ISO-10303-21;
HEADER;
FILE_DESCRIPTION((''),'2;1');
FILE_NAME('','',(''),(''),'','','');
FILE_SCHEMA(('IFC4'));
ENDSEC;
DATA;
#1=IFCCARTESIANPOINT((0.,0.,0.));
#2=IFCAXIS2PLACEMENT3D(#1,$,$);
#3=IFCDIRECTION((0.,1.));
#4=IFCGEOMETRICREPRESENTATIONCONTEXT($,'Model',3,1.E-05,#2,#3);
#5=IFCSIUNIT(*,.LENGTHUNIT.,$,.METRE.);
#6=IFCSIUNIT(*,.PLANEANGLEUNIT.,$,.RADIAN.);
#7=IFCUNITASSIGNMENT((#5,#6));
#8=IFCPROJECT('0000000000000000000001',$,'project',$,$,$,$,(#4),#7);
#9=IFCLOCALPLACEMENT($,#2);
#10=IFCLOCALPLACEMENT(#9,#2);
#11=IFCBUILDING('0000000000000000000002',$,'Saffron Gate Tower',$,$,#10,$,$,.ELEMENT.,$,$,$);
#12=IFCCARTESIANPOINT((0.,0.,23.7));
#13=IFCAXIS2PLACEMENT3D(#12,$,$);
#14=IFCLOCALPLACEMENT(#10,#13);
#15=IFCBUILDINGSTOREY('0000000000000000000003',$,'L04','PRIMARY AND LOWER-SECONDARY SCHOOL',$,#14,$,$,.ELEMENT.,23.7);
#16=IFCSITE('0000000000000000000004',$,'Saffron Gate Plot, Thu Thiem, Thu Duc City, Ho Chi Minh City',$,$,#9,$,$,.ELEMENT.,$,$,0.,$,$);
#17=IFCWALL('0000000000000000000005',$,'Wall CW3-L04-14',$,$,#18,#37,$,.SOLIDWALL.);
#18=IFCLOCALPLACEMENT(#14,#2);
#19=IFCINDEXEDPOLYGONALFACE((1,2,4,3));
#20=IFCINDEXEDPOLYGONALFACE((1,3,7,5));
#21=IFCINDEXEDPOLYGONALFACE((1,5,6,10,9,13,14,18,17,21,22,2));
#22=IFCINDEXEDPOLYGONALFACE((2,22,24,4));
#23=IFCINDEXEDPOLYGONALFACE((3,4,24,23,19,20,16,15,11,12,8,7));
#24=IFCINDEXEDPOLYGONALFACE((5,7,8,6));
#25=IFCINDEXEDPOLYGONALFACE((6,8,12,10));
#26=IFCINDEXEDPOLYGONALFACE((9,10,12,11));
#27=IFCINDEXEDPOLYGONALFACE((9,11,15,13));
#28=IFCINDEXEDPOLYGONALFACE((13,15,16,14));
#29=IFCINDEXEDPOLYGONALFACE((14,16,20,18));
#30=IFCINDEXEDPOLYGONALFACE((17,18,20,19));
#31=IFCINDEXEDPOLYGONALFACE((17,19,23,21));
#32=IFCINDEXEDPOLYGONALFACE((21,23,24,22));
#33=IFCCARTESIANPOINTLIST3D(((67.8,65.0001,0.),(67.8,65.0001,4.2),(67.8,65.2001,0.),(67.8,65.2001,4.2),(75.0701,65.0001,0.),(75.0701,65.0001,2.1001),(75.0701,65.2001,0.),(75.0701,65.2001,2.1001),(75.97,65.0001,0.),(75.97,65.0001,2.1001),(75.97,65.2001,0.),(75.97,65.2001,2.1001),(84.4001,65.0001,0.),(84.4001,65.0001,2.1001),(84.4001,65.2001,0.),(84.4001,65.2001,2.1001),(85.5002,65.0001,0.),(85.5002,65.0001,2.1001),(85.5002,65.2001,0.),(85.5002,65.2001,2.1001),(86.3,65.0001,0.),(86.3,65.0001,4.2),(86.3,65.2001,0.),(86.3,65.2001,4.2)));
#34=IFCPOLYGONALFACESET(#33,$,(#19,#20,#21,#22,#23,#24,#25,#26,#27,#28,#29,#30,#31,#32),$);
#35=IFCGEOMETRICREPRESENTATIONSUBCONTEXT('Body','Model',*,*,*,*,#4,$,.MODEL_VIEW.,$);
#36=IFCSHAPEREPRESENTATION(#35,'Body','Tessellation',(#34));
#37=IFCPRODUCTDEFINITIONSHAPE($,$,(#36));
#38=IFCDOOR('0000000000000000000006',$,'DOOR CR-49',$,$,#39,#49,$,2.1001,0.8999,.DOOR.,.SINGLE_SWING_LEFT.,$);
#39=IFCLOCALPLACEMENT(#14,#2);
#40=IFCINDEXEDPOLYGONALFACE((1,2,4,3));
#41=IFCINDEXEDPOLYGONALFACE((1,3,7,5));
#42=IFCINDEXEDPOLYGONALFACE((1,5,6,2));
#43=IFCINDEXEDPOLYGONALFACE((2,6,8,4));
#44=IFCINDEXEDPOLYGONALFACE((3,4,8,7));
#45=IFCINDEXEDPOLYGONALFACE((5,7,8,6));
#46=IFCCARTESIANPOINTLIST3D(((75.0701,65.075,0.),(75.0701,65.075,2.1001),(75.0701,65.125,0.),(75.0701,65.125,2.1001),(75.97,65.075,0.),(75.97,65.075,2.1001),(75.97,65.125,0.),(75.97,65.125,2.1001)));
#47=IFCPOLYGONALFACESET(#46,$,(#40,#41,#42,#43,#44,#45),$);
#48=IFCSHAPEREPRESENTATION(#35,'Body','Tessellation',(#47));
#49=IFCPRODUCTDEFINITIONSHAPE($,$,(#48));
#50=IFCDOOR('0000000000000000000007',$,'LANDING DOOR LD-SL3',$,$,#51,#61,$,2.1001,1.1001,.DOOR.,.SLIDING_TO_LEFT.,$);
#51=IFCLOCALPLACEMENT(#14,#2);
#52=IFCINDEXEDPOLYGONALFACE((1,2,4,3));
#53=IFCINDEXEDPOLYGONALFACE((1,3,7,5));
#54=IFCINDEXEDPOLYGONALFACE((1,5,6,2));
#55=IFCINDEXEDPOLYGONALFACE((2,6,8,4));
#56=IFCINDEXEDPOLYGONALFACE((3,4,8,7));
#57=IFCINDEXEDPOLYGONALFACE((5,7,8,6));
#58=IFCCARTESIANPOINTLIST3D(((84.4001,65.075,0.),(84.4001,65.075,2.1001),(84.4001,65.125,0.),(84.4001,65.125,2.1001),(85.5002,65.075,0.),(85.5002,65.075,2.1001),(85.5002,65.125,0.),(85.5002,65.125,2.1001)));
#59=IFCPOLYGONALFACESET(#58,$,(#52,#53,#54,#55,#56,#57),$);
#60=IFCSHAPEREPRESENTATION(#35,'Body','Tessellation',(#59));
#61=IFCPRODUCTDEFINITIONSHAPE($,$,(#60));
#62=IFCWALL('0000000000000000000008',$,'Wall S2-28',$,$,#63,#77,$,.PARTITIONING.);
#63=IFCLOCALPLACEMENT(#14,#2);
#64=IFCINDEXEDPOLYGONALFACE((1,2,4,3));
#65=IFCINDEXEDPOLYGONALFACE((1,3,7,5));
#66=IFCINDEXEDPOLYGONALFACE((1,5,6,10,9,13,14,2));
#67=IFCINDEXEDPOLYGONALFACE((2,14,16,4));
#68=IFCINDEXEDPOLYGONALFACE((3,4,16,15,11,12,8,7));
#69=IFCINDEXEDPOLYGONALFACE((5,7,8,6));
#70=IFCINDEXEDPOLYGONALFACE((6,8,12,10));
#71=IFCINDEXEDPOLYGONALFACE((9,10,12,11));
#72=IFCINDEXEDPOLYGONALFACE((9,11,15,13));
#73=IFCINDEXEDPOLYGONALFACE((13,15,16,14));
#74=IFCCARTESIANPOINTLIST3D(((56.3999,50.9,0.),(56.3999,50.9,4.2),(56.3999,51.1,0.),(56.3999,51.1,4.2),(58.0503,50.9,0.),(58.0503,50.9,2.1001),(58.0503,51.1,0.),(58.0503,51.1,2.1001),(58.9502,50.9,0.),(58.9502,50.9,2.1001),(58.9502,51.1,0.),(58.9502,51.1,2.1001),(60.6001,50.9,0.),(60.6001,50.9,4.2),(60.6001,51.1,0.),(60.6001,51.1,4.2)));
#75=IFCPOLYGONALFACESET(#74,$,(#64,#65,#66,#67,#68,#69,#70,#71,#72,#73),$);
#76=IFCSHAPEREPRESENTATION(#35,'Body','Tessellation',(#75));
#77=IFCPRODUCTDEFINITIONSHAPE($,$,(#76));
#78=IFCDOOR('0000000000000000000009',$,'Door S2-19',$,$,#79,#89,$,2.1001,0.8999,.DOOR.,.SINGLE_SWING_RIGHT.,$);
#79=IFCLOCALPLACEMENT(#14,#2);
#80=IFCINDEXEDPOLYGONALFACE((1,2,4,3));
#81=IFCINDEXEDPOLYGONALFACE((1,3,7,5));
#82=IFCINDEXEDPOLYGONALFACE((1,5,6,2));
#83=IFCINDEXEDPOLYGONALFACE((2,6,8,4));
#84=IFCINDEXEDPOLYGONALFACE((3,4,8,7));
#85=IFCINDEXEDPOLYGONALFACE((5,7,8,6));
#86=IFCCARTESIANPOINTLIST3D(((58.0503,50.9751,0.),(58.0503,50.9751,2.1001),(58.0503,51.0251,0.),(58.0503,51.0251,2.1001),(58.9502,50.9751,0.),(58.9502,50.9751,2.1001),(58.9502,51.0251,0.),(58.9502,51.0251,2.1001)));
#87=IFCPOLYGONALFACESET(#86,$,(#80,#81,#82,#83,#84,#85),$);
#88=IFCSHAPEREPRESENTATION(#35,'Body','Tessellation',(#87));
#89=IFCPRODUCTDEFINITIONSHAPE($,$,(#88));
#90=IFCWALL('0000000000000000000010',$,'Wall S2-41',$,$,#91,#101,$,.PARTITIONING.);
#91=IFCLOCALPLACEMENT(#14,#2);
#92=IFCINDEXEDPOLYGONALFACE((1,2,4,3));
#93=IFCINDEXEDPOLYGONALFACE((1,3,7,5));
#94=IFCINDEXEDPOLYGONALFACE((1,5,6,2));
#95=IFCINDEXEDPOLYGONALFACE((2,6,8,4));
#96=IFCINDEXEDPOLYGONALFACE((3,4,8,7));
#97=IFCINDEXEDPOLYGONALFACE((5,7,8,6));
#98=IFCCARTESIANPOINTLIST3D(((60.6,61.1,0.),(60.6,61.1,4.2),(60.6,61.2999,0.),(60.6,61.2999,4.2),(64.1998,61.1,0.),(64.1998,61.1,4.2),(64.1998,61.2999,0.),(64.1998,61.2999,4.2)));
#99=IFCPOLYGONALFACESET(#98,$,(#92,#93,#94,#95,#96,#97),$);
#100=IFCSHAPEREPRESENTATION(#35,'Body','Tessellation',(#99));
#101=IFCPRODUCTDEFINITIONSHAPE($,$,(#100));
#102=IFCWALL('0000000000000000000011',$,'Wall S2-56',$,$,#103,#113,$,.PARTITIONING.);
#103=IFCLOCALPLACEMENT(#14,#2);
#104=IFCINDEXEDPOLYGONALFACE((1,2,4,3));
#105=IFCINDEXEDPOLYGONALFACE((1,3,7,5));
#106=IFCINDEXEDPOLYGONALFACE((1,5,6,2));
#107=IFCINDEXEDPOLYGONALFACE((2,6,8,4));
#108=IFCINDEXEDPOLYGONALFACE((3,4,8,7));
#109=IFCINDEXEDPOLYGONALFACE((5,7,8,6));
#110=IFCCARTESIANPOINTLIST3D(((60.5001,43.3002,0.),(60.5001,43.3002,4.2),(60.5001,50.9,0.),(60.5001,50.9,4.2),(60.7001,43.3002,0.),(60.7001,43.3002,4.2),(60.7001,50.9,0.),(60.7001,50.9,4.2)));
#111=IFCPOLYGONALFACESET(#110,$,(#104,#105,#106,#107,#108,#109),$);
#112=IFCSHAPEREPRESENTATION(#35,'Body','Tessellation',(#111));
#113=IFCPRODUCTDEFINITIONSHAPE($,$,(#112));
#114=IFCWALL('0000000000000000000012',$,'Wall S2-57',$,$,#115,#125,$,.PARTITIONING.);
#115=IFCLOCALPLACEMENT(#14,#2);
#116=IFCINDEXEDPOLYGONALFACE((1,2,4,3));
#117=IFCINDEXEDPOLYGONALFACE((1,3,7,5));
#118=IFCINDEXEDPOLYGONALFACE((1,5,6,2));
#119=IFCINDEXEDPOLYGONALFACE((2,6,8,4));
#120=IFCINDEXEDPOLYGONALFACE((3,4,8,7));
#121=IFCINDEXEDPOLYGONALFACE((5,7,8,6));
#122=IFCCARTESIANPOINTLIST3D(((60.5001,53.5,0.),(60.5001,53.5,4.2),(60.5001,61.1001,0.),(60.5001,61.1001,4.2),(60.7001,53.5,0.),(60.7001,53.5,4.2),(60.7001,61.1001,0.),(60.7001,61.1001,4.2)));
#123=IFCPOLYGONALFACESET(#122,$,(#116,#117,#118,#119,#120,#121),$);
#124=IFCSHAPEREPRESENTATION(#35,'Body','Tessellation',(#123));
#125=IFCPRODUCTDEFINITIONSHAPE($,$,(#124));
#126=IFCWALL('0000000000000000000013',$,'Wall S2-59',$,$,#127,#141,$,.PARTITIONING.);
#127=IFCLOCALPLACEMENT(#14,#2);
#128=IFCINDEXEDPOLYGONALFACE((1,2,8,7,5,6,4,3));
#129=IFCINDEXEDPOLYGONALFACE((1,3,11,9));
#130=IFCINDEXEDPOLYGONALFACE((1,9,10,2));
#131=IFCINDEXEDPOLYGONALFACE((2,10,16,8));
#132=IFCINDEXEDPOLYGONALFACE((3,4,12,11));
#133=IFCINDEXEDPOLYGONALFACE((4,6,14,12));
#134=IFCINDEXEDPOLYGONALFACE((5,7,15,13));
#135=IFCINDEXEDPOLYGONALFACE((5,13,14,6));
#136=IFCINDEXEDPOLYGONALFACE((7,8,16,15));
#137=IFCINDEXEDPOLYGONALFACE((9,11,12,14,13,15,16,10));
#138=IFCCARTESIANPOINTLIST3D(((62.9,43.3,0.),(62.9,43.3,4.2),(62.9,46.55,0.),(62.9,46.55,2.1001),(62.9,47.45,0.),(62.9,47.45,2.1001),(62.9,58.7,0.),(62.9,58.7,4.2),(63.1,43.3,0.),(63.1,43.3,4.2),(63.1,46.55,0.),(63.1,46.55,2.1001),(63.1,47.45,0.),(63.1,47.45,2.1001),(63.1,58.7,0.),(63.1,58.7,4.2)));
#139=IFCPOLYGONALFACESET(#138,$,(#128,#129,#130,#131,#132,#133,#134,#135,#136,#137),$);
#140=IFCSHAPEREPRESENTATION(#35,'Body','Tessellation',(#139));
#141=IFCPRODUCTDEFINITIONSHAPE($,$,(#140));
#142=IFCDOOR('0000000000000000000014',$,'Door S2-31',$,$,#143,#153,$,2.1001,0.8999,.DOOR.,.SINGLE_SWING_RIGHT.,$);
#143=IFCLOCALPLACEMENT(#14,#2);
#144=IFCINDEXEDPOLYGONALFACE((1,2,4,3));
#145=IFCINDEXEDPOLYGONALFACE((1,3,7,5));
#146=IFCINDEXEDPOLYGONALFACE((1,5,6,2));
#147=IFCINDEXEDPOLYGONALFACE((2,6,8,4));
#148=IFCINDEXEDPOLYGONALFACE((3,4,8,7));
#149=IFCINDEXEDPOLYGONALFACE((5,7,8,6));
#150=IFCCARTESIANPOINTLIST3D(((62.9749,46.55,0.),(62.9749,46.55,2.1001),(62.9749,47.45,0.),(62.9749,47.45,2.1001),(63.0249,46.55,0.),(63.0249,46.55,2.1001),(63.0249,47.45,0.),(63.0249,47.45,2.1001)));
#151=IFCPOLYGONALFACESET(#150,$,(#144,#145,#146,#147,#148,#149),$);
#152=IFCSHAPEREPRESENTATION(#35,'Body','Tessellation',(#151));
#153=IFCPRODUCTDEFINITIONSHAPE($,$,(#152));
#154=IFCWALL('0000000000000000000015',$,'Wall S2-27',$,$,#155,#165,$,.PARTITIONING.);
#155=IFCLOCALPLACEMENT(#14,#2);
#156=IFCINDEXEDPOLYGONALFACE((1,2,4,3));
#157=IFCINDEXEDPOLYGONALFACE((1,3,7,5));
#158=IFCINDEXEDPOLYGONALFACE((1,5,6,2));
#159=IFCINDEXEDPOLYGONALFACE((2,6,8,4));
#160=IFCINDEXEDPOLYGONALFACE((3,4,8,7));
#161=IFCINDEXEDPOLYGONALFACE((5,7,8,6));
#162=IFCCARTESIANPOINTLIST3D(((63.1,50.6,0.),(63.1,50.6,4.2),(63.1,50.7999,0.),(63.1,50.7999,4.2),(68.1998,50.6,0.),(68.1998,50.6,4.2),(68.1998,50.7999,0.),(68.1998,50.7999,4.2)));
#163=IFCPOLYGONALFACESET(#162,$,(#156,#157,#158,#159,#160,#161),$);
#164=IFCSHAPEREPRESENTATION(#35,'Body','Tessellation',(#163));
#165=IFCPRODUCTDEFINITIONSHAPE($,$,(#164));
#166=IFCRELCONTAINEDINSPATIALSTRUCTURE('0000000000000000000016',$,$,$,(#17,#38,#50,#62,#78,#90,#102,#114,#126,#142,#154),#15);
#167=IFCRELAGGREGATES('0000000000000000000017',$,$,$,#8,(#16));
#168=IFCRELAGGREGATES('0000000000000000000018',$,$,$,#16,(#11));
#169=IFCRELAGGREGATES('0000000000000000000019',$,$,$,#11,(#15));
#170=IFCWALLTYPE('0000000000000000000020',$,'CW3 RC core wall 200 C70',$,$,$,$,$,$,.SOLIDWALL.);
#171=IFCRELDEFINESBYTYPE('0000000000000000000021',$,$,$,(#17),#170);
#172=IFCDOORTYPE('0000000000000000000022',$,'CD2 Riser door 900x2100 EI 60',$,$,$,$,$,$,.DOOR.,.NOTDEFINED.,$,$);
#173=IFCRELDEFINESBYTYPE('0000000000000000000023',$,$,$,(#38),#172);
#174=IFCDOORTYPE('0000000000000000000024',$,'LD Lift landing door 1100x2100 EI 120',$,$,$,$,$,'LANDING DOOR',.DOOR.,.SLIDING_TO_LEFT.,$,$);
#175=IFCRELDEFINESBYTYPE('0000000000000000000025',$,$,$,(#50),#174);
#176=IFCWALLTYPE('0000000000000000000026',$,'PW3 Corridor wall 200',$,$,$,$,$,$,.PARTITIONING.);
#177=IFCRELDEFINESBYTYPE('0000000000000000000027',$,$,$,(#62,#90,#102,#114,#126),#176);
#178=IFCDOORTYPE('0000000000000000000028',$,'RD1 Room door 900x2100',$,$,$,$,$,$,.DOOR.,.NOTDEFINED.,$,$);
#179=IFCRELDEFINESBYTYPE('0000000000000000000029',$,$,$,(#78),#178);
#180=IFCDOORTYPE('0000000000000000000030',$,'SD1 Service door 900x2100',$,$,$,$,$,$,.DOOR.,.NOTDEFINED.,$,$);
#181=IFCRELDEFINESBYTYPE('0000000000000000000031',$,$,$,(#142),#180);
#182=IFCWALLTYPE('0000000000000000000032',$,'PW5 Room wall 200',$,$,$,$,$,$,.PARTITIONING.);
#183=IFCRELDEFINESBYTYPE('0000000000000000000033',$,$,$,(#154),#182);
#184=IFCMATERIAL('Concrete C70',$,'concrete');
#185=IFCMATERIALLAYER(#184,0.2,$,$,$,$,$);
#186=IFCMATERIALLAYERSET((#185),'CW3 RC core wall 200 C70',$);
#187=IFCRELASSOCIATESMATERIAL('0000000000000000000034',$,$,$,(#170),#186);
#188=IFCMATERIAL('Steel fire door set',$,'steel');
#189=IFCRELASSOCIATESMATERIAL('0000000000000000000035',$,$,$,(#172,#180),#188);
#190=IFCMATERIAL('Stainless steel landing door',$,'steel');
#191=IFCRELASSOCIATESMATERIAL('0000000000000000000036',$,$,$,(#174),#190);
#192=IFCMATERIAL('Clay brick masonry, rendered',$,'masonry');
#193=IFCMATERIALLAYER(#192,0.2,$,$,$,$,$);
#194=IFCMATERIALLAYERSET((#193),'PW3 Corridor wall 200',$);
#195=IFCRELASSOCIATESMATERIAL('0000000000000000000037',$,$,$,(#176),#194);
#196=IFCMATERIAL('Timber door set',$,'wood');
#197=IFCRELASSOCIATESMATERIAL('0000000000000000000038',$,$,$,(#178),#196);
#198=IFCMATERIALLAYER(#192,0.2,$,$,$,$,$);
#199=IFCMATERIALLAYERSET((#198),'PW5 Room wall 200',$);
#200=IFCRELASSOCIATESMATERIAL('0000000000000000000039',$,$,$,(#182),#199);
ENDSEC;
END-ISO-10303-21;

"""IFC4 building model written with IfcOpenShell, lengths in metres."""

from ifc_helpers import new_model, si_unit, direction, frame, frame_2d, origin, place, context, subcontext, project, spatial, rectangle, extrude, material, layer, layer_set, type_object, element, fill, save


model = new_model("IFC4")

# Units and contexts
model_context = context("Model", 3, precision=1e-05, world=origin(), true_north=direction((0.0, 1.0)))
body_context = subcontext(model_context, "Body", "Model", "MODEL_VIEW")
ifc_project = project(units=[si_unit("LENGTHUNIT", "METRE"), si_unit("PLANEANGLEUNIT", "RADIAN")], contexts=[model_context])

# Site, building, storey
site_placement = place(None, origin())
site = spatial("IfcSite", under=ifc_project, at=site_placement, Name="Saffron Gate Plot, Thu Thiem, Thu Duc City, Ho Chi Minh City", CompositionType="ELEMENT", RefElevation=0.0)
building_placement = place(site_placement, origin())
building = spatial("IfcBuilding", under=site, at=building_placement, Name="Saffron Gate Tower", CompositionType="ELEMENT")
storey_placement = place(building_placement, frame((0.0, 0.0, 23.7)))
storey = spatial("IfcBuildingStorey", under=building, at=storey_placement, Name="L04", Description="PRIMARY AND LOWER-SECONDARY SCHOOL", CompositionType="ELEMENT", Elevation=23.7)

# Shared definitions
ifc_material_1 = material(Name="Concrete C70", Category="concrete")
ifc_material_2 = material(Name="Steel fire door set", Category="steel")

# Wall, openings, doors
ifc_layer_1 = layer(ifc_material_1, 0.2)
ifc_layer_set_1 = layer_set([ifc_layer_1], Name="CW3 RC core wall 200 C70")
wall_type_1 = type_object("IfcWallType", Name="CW3 RC core wall 200 C70", PredefinedType="SOLIDWALL", material=ifc_layer_set_1)
wall_1_placement = place(storey_placement, frame((67.8, 65.1001, 0.0), z_axis=(0.0, 0.0, 1.0), x_axis=(1.0, 0.0, 0.0)))
wall_1 = element("IfcWall", 1, at=wall_1_placement, inside=storey, type_object=wall_type_1, Name="Wall CW3-L04-14", PredefinedType="SOLIDWALL", context=body_context, shape_type="SweptSolid", body=[
    extrude(rectangle(XDim=18.5, YDim=0.2, at=frame_2d((9.25, 0.0))), origin(), (0.0, 0.0, 1.0), 4.2),
])
opening_1_placement = place(wall_1_placement, frame((7.27, 0.0, 0.0)))
opening_1 = element("IfcOpeningElement", 2, at=opening_1_placement, cuts=wall_1, PredefinedType="OPENING", context=body_context, shape_type="SweptSolid", body=[
    extrude(rectangle(XDim=0.8999, YDim=2.1001, at=frame_2d((0.45, 1.05))), frame((0.0, 0.1099, 0.0), z_axis=(0.0, -1.0, 0.0), x_axis=(1.0, 0.0, 0.0)), (0.0, 0.0, 1.0), 0.22),
])
opening_2_placement = place(wall_1_placement, frame((16.6001, 0.0, 0.0)))
opening_2 = element("IfcOpeningElement", 3, at=opening_2_placement, cuts=wall_1, PredefinedType="OPENING", context=body_context, shape_type="SweptSolid", body=[
    extrude(rectangle(XDim=1.1001, YDim=2.1001, at=frame_2d((0.55, 1.05))), frame((0.0, 0.1099, 0.0), z_axis=(0.0, -1.0, 0.0), x_axis=(1.0, 0.0, 0.0)), (0.0, 0.0, 1.0), 0.22),
])
door_type_1 = type_object("IfcDoorType", Name="CD2 Riser door 900x2100 EI 60", OperationType="NOTDEFINED", PredefinedType="DOOR", material=ifc_material_2)
door_1_placement = place(opening_1_placement, origin())
door_1 = element("IfcDoor", 4, at=door_1_placement, inside=storey, type_object=door_type_1, Name="DOOR CR-49", OperationType="SINGLE_SWING_LEFT", OverallHeight=2.1001, OverallWidth=0.8999, PredefinedType="DOOR", context=body_context, shape_type="SweptSolid", body=[
    extrude(rectangle(XDim=0.8999, YDim=2.1001, at=frame_2d((0.45, 1.05))), frame((0.0, 0.0249, 0.0), z_axis=(0.0, -1.0, 0.0), x_axis=(1.0, 0.0, 0.0)), (0.0, 0.0, 1.0), 0.05),
])
fill(opening_1, door_1)
ifc_material_3 = material(Name="Stainless steel landing door", Category="steel")
door_type_2 = type_object("IfcDoorType", Name="LD Lift landing door 1100x2100 EI 120", ElementType="LANDING DOOR", OperationType="SLIDING_TO_LEFT", PredefinedType="DOOR", material=ifc_material_3)
door_2_placement = place(opening_2_placement, origin())
door_2 = element("IfcDoor", 5, at=door_2_placement, inside=storey, type_object=door_type_2, Name="LANDING DOOR LD-SL3", OperationType="SLIDING_TO_LEFT", OverallHeight=2.1001, OverallWidth=1.1001, PredefinedType="DOOR", context=body_context, shape_type="SweptSolid", body=[
    extrude(rectangle(XDim=1.1001, YDim=2.1001, at=frame_2d((0.55, 1.05))), frame((0.0, 0.0249, 0.0), z_axis=(0.0, -1.0, 0.0), x_axis=(1.0, 0.0, 0.0)), (0.0, 0.0, 1.0), 0.05),
])
fill(opening_2, door_2)

# Wall, opening, door
ifc_material_4 = material(Name="Clay brick masonry, rendered", Category="masonry")
ifc_layer_2 = layer(ifc_material_4, 0.2)
ifc_layer_set_2 = layer_set([ifc_layer_2], Name="PW3 Corridor wall 200")
wall_type_2 = type_object("IfcWallType", Name="PW3 Corridor wall 200", PredefinedType="PARTITIONING", material=ifc_layer_set_2)
wall_2_placement = place(storey_placement, frame((60.6001, 51.0, 0.0), z_axis=(0.0, 0.0, 1.0), x_axis=(-1.0, 0.0, 0.0)))
wall_2 = element("IfcWall", 6, at=wall_2_placement, inside=storey, type_object=wall_type_2, Name="Wall S2-28", PredefinedType="PARTITIONING", context=body_context, shape_type="SweptSolid", body=[
    extrude(rectangle(XDim=4.2002, YDim=0.2, at=frame_2d((2.1001, 0.0))), origin(), (0.0, 0.0, 1.0), 4.2),
])
opening_3_placement = place(wall_2_placement, frame((1.6499, 0.0, 0.0)))
opening_3 = element("IfcOpeningElement", 7, at=opening_3_placement, cuts=wall_2, PredefinedType="OPENING", context=body_context, shape_type="SweptSolid", body=[
    extrude(rectangle(XDim=0.8999, YDim=2.1001, at=frame_2d((0.45, 1.05))), frame((0.0, 0.1099, 0.0), z_axis=(0.0, -1.0, 0.0), x_axis=(1.0, 0.0, 0.0)), (0.0, 0.0, 1.0), 0.22),
])
ifc_material_5 = material(Name="Timber door set", Category="wood")
door_type_3 = type_object("IfcDoorType", Name="RD1 Room door 900x2100", OperationType="NOTDEFINED", PredefinedType="DOOR", material=ifc_material_5)
door_3_placement = place(opening_3_placement, origin())
door_3 = element("IfcDoor", 8, at=door_3_placement, inside=storey, type_object=door_type_3, Name="Door S2-19", OperationType="SINGLE_SWING_RIGHT", OverallHeight=2.1001, OverallWidth=0.8999, PredefinedType="DOOR", context=body_context, shape_type="SweptSolid", body=[
    extrude(rectangle(XDim=0.8999, YDim=2.1001, at=frame_2d((0.45, 1.05))), frame((0.0, 0.0249, 0.0), z_axis=(0.0, -1.0, 0.0), x_axis=(1.0, 0.0, 0.0)), (0.0, 0.0, 1.0), 0.05),
])
fill(opening_3, door_3)

# Walls
wall_3_placement = place(storey_placement, frame((60.6001, 61.2, 0.0), z_axis=(0.0, 0.0, 1.0), x_axis=(1.0, 0.0, 0.0)))
element("IfcWall", 9, at=wall_3_placement, inside=storey, type_object=wall_type_2, Name="Wall S2-41", PredefinedType="PARTITIONING", context=body_context, shape_type="SweptSolid", body=[
    extrude(rectangle(XDim=3.5999, YDim=0.2, at=frame_2d((1.7998, 0.0))), origin(), (0.0, 0.0, 1.0), 4.2),
])
wall_4_placement = place(storey_placement, frame((60.6001, 50.8999, 0.0), z_axis=(0.0, 0.0, 1.0), x_axis=(0.0, -1.0, 0.0)))
element("IfcWall", 10, at=wall_4_placement, inside=storey, type_object=wall_type_2, Name="Wall S2-56", PredefinedType="PARTITIONING", context=body_context, shape_type="SweptSolid", body=[
    extrude(rectangle(XDim=7.5999, YDim=0.2, at=frame_2d((3.7998, 0.0))), origin(), (0.0, 0.0, 1.0), 4.2),
])
wall_5_placement = place(storey_placement, frame((60.6001, 61.1001, 0.0), z_axis=(0.0, 0.0, 1.0), x_axis=(0.0, -1.0, 0.0)))
element("IfcWall", 11, at=wall_5_placement, inside=storey, type_object=wall_type_2, Name="Wall S2-57", PredefinedType="PARTITIONING", context=body_context, shape_type="SweptSolid", body=[
    extrude(rectangle(XDim=7.6001, YDim=0.2, at=frame_2d((3.8, 0.0))), origin(), (0.0, 0.0, 1.0), 4.2),
])

# Wall, opening, door
wall_6_placement = place(storey_placement, frame((63.0, 58.7, 0.0), z_axis=(0.0, 0.0, 1.0), x_axis=(0.0, -1.0, 0.0)))
wall_6 = element("IfcWall", 12, at=wall_6_placement, inside=storey, type_object=wall_type_2, Name="Wall S2-59", PredefinedType="PARTITIONING", context=body_context, shape_type="SweptSolid", body=[
    extrude(rectangle(XDim=15.3999, YDim=0.2, at=frame_2d((7.7, 0.0))), origin(), (0.0, 0.0, 1.0), 4.2),
])
opening_4_placement = place(wall_6_placement, frame((11.25, 0.0, 0.0)))
opening_4 = element("IfcOpeningElement", 13, at=opening_4_placement, cuts=wall_6, PredefinedType="OPENING", context=body_context, shape_type="SweptSolid", body=[
    extrude(rectangle(XDim=0.8999, YDim=2.1001, at=frame_2d((0.45, 1.05))), frame((0.0, 0.1099, 0.0), z_axis=(0.0, -1.0, 0.0), x_axis=(1.0, 0.0, 0.0)), (0.0, 0.0, 1.0), 0.22),
])
door_type_4 = type_object("IfcDoorType", Name="SD1 Service door 900x2100", OperationType="NOTDEFINED", PredefinedType="DOOR", material=ifc_material_2)
door_4_placement = place(opening_4_placement, origin())
door_4 = element("IfcDoor", 14, at=door_4_placement, inside=storey, type_object=door_type_4, Name="Door S2-31", OperationType="SINGLE_SWING_RIGHT", OverallHeight=2.1001, OverallWidth=0.8999, PredefinedType="DOOR", context=body_context, shape_type="SweptSolid", body=[
    extrude(rectangle(XDim=0.8999, YDim=2.1001, at=frame_2d((0.45, 1.05))), frame((0.0, 0.0249, 0.0), z_axis=(0.0, -1.0, 0.0), x_axis=(1.0, 0.0, 0.0)), (0.0, 0.0, 1.0), 0.05),
])
fill(opening_4, door_4)

# Wall
ifc_layer_3 = layer(ifc_material_4, 0.2)
ifc_layer_set_3 = layer_set([ifc_layer_3], Name="PW5 Room wall 200")
wall_type_3 = type_object("IfcWallType", Name="PW5 Room wall 200", PredefinedType="PARTITIONING", material=ifc_layer_set_3)
wall_7_placement = place(storey_placement, frame((63.1001, 50.7, 0.0), z_axis=(0.0, 0.0, 1.0), x_axis=(1.0, 0.0, 0.0)))
element("IfcWall", 15, at=wall_7_placement, inside=storey, type_object=wall_type_3, Name="Wall S2-27", PredefinedType="PARTITIONING", context=body_context, shape_type="SweptSolid", body=[
    extrude(rectangle(XDim=5.0999, YDim=0.2, at=frame_2d((2.5498, 0.0))), origin(), (0.0, 0.0, 1.0), 4.2),
])

save(model, "model.ifc")
